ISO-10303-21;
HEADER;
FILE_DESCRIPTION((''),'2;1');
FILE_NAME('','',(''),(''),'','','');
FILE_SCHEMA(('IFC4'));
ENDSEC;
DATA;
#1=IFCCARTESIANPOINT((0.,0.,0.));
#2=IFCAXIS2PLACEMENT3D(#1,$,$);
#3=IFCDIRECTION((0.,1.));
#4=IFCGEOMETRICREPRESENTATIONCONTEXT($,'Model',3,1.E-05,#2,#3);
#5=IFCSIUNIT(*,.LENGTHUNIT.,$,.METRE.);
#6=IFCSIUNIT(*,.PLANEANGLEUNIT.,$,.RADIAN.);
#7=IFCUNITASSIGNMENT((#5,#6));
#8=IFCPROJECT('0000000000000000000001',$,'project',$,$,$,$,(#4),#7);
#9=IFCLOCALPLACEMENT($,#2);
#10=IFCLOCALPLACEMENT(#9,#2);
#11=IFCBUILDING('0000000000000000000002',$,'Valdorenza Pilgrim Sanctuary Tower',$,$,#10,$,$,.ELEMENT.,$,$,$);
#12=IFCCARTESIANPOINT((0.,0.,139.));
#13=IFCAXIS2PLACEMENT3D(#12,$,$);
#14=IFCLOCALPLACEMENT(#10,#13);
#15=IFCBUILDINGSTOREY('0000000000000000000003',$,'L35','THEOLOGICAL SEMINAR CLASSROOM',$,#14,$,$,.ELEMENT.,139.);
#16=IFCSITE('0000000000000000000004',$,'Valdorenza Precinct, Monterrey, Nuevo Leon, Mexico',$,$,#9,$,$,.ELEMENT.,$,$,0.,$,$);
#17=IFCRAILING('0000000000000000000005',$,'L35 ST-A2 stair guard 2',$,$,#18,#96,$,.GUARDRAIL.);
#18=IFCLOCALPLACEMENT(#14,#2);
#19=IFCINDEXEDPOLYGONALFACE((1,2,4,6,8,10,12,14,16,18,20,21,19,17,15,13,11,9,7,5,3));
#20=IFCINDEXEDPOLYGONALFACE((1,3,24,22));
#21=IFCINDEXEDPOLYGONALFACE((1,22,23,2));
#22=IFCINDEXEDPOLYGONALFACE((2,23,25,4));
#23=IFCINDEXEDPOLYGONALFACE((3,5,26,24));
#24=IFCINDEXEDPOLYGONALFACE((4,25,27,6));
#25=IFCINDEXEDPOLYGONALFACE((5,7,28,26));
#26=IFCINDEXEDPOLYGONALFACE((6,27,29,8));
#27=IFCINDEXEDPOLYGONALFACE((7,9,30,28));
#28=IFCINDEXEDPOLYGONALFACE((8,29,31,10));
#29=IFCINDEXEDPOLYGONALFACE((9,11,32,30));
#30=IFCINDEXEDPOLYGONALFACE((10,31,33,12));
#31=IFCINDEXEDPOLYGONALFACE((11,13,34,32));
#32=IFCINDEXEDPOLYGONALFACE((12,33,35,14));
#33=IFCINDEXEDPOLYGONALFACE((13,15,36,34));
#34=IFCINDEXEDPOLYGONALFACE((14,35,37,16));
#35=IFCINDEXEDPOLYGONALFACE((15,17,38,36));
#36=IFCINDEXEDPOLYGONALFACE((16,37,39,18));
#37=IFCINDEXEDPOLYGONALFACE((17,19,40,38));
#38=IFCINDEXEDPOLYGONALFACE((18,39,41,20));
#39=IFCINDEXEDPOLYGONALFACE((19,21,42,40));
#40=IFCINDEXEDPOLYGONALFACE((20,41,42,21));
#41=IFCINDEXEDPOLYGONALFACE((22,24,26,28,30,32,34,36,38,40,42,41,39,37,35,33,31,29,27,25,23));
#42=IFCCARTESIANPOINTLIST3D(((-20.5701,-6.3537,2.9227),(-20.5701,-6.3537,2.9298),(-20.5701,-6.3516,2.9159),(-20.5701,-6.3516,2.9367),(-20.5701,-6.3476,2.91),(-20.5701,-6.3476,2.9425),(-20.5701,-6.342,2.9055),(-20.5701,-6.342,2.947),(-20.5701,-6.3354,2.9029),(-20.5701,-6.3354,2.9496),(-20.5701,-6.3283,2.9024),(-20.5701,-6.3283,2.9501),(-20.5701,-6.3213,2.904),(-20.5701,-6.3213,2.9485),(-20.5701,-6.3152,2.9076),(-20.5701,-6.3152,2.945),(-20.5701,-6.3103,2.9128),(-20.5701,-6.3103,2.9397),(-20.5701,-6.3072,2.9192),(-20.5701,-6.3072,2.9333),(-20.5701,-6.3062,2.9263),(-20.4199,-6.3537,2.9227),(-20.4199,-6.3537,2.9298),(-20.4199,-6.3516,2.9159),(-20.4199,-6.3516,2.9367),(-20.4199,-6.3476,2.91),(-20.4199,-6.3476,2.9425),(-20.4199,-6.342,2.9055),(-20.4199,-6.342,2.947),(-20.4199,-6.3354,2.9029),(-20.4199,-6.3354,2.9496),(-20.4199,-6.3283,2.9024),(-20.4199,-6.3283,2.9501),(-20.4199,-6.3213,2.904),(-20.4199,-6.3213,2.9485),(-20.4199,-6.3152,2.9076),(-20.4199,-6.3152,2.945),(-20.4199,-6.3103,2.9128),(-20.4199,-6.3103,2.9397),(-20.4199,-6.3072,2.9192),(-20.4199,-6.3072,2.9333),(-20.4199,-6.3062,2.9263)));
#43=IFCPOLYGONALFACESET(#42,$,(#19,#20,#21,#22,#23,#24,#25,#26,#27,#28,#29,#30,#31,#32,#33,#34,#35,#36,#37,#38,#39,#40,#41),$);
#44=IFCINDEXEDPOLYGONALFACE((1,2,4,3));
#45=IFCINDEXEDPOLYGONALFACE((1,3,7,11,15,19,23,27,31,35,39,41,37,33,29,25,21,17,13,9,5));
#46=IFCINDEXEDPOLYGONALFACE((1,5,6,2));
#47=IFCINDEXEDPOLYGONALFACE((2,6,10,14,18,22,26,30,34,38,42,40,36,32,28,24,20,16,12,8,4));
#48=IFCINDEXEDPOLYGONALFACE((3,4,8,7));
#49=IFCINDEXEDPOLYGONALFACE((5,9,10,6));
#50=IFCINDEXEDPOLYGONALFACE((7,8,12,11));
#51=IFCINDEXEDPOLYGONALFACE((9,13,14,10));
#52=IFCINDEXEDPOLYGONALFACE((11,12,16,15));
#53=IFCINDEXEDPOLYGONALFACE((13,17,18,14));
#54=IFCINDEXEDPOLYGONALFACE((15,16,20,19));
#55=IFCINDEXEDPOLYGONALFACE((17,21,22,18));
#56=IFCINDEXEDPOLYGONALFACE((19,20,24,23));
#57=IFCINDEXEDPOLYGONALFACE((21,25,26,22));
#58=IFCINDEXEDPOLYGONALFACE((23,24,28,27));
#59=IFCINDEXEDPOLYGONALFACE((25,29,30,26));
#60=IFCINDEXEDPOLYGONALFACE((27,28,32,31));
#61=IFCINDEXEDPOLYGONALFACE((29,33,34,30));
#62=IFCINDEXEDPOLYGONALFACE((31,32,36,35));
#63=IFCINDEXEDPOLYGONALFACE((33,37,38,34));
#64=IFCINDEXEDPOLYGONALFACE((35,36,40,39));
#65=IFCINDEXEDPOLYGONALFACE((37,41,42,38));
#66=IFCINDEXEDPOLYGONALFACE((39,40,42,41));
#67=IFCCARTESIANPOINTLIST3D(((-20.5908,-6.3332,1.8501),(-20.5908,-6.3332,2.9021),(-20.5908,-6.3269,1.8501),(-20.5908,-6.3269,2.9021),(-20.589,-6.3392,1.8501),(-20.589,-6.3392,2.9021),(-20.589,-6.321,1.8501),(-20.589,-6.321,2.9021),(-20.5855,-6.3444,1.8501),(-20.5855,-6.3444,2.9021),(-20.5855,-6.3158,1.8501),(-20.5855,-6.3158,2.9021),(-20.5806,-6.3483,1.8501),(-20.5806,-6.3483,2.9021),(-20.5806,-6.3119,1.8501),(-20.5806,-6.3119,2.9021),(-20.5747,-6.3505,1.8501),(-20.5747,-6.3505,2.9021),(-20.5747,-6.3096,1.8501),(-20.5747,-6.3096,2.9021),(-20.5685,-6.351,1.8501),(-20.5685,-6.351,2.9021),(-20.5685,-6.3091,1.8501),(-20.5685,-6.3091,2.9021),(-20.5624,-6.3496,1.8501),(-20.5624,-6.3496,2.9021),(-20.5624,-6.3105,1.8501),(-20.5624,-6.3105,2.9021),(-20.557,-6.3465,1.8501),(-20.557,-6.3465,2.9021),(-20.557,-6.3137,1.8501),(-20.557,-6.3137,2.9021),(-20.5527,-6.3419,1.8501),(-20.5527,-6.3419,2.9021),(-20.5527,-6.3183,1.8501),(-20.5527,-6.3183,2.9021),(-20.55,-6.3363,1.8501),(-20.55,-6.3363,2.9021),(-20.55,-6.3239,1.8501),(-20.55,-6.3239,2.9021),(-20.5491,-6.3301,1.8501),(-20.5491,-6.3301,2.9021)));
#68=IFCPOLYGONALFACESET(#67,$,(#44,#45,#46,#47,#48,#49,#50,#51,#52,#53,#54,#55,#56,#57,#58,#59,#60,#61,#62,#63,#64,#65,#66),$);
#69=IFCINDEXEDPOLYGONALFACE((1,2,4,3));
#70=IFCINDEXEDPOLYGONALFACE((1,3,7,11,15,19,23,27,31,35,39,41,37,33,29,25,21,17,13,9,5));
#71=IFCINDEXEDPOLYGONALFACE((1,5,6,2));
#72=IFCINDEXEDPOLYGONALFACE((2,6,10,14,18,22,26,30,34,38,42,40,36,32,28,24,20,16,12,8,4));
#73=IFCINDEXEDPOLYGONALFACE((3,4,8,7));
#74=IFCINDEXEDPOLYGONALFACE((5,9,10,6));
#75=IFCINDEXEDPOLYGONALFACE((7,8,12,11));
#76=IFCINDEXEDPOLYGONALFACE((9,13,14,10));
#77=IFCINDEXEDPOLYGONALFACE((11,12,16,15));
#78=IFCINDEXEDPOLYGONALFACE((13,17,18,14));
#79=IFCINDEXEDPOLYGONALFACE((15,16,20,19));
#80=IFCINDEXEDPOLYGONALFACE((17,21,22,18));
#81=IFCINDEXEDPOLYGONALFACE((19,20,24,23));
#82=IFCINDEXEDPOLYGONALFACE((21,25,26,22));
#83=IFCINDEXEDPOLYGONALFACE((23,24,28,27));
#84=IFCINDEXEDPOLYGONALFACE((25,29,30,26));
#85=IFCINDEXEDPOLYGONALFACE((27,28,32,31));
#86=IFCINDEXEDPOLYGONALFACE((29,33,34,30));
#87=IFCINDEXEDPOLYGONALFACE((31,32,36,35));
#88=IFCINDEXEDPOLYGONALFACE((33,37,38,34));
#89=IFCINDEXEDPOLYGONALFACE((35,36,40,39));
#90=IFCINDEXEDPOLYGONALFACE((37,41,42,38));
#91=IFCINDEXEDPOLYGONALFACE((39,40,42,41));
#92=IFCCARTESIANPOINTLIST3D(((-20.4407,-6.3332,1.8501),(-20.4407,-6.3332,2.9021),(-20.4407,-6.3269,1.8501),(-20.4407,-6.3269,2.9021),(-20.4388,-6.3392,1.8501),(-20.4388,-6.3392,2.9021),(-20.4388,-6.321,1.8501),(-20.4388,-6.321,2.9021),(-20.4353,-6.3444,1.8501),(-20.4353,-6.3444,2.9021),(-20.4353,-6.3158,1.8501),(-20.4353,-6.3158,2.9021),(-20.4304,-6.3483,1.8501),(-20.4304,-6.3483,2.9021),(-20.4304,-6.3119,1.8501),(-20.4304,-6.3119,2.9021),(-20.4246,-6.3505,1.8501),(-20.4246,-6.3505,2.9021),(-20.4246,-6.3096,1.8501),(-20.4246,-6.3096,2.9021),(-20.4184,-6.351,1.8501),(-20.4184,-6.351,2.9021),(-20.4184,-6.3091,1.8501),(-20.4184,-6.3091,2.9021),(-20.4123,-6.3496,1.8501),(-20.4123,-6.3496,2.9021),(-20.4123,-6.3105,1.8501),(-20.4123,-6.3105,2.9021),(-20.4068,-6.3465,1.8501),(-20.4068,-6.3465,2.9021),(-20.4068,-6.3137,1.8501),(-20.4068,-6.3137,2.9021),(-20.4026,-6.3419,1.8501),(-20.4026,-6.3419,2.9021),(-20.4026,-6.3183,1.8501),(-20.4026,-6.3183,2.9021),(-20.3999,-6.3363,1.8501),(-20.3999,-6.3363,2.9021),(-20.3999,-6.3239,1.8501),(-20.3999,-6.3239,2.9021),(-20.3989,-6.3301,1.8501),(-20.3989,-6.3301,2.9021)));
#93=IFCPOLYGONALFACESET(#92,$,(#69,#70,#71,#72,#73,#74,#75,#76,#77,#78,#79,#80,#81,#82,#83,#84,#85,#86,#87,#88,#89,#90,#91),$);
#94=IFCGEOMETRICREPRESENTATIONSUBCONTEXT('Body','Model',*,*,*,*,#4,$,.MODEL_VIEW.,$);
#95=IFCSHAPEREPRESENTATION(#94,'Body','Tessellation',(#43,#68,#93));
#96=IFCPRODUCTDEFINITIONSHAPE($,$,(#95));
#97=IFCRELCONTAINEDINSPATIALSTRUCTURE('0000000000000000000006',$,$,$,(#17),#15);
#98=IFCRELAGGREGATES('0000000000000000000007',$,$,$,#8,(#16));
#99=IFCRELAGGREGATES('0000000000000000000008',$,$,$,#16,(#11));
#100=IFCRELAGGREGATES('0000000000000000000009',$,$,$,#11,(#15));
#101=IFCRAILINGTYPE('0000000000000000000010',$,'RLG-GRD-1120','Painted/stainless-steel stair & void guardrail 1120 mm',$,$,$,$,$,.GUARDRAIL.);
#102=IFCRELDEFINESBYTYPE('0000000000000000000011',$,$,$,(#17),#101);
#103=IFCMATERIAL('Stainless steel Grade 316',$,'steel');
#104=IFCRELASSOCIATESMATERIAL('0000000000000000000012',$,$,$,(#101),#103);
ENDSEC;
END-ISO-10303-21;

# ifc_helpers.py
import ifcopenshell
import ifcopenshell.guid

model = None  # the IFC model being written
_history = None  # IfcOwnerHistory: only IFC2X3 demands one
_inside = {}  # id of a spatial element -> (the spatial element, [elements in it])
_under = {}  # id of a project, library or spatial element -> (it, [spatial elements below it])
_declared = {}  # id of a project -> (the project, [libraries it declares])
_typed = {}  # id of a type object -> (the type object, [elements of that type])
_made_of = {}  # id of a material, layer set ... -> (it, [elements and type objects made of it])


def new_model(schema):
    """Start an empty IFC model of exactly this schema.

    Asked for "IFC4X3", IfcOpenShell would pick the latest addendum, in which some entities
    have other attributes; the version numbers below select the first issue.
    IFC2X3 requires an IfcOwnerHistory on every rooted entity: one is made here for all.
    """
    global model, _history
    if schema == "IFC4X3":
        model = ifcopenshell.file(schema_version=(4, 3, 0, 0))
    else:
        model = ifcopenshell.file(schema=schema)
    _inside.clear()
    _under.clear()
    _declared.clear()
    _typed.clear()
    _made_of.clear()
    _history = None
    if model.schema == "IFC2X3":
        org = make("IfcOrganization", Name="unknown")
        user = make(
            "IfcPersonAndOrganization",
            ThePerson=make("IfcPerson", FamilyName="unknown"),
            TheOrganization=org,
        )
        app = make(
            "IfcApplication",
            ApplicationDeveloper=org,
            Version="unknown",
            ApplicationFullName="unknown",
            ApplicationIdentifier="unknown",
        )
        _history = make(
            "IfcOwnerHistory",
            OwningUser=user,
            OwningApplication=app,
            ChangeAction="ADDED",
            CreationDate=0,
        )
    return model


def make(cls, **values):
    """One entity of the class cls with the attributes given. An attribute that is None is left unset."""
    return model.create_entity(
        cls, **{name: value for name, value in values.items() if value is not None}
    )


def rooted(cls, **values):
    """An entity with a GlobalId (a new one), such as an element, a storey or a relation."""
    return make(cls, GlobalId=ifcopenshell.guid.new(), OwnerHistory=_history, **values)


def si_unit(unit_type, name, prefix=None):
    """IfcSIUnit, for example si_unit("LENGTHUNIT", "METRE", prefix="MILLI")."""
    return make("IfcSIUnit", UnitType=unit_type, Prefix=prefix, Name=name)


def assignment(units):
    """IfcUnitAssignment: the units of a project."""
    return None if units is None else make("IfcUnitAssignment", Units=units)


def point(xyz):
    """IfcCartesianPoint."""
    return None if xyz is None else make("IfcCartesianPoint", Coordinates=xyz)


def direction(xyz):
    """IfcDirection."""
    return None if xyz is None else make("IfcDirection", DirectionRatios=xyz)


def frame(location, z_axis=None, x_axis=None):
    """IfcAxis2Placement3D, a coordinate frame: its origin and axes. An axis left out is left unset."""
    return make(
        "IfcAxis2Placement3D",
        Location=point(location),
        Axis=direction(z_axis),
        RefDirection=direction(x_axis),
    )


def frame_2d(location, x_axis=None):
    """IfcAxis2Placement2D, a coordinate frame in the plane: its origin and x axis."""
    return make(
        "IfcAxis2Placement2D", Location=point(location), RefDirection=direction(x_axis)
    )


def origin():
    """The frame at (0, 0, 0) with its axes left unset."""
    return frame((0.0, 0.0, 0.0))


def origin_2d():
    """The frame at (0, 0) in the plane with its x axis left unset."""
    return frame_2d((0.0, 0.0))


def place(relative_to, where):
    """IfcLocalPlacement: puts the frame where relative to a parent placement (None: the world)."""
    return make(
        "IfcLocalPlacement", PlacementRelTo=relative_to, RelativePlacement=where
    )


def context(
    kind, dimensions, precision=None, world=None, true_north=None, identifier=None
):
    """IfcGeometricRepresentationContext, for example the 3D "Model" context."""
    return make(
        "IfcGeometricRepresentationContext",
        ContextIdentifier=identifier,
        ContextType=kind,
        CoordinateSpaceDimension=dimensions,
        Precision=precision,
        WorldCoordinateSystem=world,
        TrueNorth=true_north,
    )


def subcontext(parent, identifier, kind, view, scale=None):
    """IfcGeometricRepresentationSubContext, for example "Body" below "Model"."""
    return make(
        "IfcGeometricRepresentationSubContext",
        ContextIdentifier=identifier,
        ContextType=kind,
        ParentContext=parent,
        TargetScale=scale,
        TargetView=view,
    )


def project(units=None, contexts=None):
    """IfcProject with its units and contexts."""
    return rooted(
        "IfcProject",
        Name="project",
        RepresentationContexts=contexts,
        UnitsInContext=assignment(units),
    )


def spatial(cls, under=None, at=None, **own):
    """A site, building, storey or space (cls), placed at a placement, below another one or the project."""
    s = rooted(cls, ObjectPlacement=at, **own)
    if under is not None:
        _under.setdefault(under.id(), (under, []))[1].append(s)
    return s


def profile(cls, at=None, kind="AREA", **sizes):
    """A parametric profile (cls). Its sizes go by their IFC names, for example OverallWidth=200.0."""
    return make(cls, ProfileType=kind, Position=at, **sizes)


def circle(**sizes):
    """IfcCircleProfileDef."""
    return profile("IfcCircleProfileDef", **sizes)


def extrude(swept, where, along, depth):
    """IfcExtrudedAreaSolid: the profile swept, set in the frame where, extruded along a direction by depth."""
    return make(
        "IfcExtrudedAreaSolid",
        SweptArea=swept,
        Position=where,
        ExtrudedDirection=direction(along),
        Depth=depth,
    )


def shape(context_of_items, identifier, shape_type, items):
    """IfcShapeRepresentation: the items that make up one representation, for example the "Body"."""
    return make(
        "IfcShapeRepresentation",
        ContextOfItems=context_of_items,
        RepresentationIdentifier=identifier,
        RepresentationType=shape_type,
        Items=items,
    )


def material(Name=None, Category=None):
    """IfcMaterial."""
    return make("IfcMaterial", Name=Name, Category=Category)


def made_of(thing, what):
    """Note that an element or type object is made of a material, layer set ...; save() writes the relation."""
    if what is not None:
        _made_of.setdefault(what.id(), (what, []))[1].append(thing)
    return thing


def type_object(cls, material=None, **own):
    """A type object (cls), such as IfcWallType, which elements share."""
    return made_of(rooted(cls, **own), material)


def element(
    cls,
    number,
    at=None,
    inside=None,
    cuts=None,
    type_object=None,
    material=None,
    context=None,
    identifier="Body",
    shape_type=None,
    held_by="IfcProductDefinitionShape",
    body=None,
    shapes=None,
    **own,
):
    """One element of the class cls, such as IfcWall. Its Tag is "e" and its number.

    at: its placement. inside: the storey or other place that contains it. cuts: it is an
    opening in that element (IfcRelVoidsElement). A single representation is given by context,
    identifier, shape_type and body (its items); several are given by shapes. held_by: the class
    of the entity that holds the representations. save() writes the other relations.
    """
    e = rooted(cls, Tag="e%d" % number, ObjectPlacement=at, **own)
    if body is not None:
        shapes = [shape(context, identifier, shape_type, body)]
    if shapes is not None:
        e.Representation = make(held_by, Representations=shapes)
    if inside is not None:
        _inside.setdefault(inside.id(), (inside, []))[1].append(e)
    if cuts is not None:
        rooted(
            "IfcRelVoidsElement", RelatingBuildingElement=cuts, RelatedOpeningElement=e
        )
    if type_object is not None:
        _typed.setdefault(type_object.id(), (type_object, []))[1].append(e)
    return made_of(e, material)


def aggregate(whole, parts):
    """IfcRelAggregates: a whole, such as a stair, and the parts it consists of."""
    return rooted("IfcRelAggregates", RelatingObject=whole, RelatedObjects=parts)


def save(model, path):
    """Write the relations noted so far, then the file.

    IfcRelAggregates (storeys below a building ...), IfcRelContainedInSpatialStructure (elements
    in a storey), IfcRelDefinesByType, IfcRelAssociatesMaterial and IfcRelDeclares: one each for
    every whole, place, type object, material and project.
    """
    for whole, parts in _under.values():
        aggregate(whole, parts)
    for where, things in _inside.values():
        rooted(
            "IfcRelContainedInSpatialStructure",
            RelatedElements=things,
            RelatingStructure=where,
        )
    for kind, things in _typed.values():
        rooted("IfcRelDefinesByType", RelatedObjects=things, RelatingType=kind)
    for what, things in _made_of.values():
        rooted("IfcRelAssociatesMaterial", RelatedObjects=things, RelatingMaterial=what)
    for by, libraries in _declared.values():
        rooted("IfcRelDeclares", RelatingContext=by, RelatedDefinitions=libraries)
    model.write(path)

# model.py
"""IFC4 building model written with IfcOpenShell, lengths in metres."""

from ifc_helpers import new_model, si_unit, direction, frame, origin, origin_2d, place, context, subcontext, project, spatial, circle, extrude, material, type_object, element, save


model = new_model("IFC4")

# Units and contexts
model_context = context("Model", 3, precision=1e-05, world=origin(), true_north=direction((0.0, 1.0)))
body_context = subcontext(model_context, "Body", "Model", "MODEL_VIEW")
ifc_project = project(units=[si_unit("LENGTHUNIT", "METRE"), si_unit("PLANEANGLEUNIT", "RADIAN")], contexts=[model_context])

# Site, building, storey
site_placement = place(None, origin())
site = spatial("IfcSite", under=ifc_project, at=site_placement, Name="Valdorenza Precinct, Monterrey, Nuevo Leon, Mexico", CompositionType="ELEMENT", RefElevation=0.0)
building_placement = place(site_placement, origin())
building = spatial("IfcBuilding", under=site, at=building_placement, Name="Valdorenza Pilgrim Sanctuary Tower", CompositionType="ELEMENT")
storey_placement = place(building_placement, frame((0.0, 0.0, 139.0)))
storey = spatial("IfcBuildingStorey", under=building, at=storey_placement, Name="L35", Description="THEOLOGICAL SEMINAR CLASSROOM", CompositionType="ELEMENT", Elevation=139.0)

# Railing
ifc_material_1 = material(Name="Stainless steel Grade 316", Category="steel")
railing_type_1 = type_object("IfcRailingType", Name="RLG-GRD-1120", Description="Painted/stainless-steel stair & void guardrail 1120 mm", PredefinedType="GUARDRAIL", material=ifc_material_1)
railing_1_placement = place(storey_placement, frame((-20.5701, -6.3301, 1.8501)))
element("IfcRailing", 1, at=railing_1_placement, inside=storey, type_object=railing_type_1, Name="L35 ST-A2 stair guard 2", PredefinedType="GUARDRAIL", context=body_context, shape_type="SweptSolid", body=[
    extrude(circle(Radius=0.0239, at=origin_2d()), frame((0.0, 0.0, 1.0762), z_axis=(1.0, 0.0, 0.0), x_axis=(0.0, 1.0, 0.0)), (0.0, 0.0, 1.0), 0.1501),
    extrude(circle(Radius=0.021, at=origin_2d()), origin(), (0.0, 0.0, 1.0), 1.052),
    extrude(circle(Radius=0.021, at=origin_2d()), frame((0.1501, 0.0, 0.0)), (0.0, 0.0, 1.0), 1.052),
])

save(model, "model.ifc")
